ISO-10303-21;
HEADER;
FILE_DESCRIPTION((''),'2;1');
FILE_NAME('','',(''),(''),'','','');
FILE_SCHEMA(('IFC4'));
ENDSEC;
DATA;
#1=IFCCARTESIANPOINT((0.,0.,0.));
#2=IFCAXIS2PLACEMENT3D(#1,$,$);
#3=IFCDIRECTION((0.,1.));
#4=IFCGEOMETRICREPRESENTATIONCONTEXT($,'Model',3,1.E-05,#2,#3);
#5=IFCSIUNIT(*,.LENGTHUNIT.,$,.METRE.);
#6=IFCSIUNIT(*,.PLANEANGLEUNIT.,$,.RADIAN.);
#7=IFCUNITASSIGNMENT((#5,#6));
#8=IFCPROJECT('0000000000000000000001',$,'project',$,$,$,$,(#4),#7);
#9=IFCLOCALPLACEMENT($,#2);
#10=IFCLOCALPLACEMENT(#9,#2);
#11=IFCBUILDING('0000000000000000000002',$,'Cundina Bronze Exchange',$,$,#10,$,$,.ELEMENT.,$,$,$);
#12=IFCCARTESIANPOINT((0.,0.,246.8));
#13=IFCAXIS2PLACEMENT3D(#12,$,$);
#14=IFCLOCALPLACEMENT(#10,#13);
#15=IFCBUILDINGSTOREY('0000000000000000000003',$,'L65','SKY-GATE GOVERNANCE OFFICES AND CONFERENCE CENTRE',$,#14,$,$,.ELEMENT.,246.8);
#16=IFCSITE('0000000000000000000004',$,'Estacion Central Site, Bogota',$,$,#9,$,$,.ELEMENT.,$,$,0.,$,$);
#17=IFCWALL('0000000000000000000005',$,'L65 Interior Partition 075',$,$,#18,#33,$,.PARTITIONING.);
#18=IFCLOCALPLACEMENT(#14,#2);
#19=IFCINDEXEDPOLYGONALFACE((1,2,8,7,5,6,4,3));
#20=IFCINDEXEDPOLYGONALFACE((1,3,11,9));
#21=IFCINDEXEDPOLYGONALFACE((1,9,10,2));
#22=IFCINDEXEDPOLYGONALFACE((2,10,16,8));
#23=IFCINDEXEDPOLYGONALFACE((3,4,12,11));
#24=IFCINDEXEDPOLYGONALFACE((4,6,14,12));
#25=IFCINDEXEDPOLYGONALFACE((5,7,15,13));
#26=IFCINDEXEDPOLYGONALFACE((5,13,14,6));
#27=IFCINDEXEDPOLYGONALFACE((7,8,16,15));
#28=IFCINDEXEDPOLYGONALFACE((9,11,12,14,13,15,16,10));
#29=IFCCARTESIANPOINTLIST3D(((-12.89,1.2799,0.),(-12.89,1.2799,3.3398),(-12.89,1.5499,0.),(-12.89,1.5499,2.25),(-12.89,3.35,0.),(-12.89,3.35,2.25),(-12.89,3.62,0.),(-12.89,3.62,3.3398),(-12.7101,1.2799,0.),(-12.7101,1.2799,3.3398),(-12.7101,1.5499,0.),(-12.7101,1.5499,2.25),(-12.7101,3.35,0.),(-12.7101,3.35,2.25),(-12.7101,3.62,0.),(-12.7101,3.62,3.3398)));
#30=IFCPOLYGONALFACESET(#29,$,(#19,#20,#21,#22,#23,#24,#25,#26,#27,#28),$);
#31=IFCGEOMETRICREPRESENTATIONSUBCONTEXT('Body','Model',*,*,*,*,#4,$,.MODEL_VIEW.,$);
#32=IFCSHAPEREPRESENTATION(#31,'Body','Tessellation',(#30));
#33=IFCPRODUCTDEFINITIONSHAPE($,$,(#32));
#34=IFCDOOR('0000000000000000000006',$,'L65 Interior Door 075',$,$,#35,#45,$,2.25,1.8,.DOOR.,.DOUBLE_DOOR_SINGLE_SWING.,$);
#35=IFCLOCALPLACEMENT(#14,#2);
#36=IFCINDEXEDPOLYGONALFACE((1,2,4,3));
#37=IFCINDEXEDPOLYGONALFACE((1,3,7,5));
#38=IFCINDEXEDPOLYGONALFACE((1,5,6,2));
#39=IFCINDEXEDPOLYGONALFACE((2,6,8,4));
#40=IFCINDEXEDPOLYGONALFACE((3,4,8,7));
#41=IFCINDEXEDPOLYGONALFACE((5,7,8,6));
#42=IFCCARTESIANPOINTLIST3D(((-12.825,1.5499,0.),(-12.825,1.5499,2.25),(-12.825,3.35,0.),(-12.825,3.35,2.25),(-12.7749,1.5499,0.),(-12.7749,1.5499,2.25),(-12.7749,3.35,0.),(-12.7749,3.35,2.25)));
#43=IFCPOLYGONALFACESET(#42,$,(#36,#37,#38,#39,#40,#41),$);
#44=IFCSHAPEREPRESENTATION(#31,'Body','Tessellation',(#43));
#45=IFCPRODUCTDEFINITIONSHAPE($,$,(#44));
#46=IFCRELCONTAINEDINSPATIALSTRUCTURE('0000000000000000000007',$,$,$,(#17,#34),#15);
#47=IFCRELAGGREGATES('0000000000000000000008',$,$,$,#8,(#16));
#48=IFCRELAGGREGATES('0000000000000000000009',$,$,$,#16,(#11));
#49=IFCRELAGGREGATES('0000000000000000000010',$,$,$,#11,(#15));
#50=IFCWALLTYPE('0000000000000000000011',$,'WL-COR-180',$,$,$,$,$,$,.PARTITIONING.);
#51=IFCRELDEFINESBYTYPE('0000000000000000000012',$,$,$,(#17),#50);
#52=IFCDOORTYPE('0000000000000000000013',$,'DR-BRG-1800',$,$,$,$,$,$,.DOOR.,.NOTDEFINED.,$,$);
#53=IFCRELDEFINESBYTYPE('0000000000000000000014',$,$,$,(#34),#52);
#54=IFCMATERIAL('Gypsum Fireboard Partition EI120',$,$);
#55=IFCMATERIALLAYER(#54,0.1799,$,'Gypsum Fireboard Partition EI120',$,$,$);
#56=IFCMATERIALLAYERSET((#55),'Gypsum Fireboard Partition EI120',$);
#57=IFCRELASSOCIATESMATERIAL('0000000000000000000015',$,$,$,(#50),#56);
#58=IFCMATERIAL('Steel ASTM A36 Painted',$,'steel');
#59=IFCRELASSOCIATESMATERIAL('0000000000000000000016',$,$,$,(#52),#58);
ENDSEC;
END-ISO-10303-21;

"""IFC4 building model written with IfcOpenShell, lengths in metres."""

from ifc_helpers import new_model, si_unit, direction, frame, frame_2d, origin, place, context, subcontext, project, spatial, rectangle, extrude, material, layer, layer_set, type_object, element, fill, save


model = new_model("IFC4")

# Units and contexts
model_context = context("Model", 3, precision=1e-05, world=origin(), true_north=direction((0.0, 1.0)))
body_context = subcontext(model_context, "Body", "Model", "MODEL_VIEW")
ifc_project = project(units=[si_unit("LENGTHUNIT", "METRE"), si_unit("PLANEANGLEUNIT", "RADIAN")], contexts=[model_context])

# Site, building, storey
site_placement = place(None, origin())
site = spatial("IfcSite", under=ifc_project, at=site_placement, Name="Estacion Central Site, Bogota", CompositionType="ELEMENT", RefElevation=0.0)
building_placement = place(site_placement, origin())
building = spatial("IfcBuilding", under=site, at=building_placement, Name="Cundina Bronze Exchange", CompositionType="ELEMENT")
storey_placement = place(building_placement, frame((0.0, 0.0, 246.8)))
storey = spatial("IfcBuildingStorey", under=building, at=storey_placement, Name="L65", Description="SKY-GATE GOVERNANCE OFFICES AND CONFERENCE CENTRE", CompositionType="ELEMENT", Elevation=246.8)

# Shared definitions
ifc_material_1 = material(Name="Gypsum Fireboard Partition EI120")
ifc_layer_1 = layer(ifc_material_1, 0.1799, Name="Gypsum Fireboard Partition EI120")
ifc_layer_set_1 = layer_set([ifc_layer_1], Name="Gypsum Fireboard Partition EI120")
wall_type = type_object("IfcWallType", Name="WL-COR-180", PredefinedType="PARTITIONING", material=ifc_layer_set_1)

# Wall, opening, door
wall_1_placement = place(storey_placement, frame((-12.8, 1.28, 0.0), z_axis=(0.0, 0.0, 1.0), x_axis=(0.0, 1.0, 0.0)))
wall_1 = element("IfcWall", 1, at=wall_1_placement, inside=storey, type_object=wall_type, Name="L65 Interior Partition 075", PredefinedType="PARTITIONING", context=body_context, shape_type="SweptSolid", body=[
    extrude(rectangle(XDim=2.3401, YDim=0.1799, at=frame_2d((1.1699, 0.0))), origin(), (0.0, 0.0, 1.0), 3.3398),
])
opening_1_placement = place(wall_1_placement, frame((0.27, 0.0, 0.0)))
opening_1 = element("IfcOpeningElement", 2, at=opening_1_placement, cuts=wall_1, PredefinedType="OPENING", context=body_context, shape_type="SweptSolid", body=[
    extrude(rectangle(XDim=1.8, YDim=2.25, at=frame_2d((0.8999, 1.125))), frame((0.0, 0.0999, 0.0), z_axis=(0.0, -1.0, 0.0), x_axis=(1.0, 0.0, 0.0)), (0.0, 0.0, 1.0), 0.2),
])
ifc_material_2 = material(Name="Steel ASTM A36 Painted", Category="steel")
door_type_1 = type_object("IfcDoorType", Name="DR-BRG-1800", OperationType="NOTDEFINED", PredefinedType="DOOR", material=ifc_material_2)
door_1_placement = place(opening_1_placement, origin())
door_1 = element("IfcDoor", 3, at=door_1_placement, inside=storey, type_object=door_type_1, Name="L65 Interior Door 075", OperationType="DOUBLE_DOOR_SINGLE_SWING", OverallHeight=2.25, OverallWidth=1.8, PredefinedType="DOOR", context=body_context, shape_type="SweptSolid", body=[
    extrude(rectangle(XDim=1.8, YDim=2.25, at=frame_2d((0.8999, 1.125))), frame((0.0, 0.0249, 0.0), z_axis=(0.0, -1.0, 0.0), x_axis=(1.0, 0.0, 0.0)), (0.0, 0.0, 1.0), 0.05),
])
fill(opening_1, door_1)

save(model, "model.ifc")
